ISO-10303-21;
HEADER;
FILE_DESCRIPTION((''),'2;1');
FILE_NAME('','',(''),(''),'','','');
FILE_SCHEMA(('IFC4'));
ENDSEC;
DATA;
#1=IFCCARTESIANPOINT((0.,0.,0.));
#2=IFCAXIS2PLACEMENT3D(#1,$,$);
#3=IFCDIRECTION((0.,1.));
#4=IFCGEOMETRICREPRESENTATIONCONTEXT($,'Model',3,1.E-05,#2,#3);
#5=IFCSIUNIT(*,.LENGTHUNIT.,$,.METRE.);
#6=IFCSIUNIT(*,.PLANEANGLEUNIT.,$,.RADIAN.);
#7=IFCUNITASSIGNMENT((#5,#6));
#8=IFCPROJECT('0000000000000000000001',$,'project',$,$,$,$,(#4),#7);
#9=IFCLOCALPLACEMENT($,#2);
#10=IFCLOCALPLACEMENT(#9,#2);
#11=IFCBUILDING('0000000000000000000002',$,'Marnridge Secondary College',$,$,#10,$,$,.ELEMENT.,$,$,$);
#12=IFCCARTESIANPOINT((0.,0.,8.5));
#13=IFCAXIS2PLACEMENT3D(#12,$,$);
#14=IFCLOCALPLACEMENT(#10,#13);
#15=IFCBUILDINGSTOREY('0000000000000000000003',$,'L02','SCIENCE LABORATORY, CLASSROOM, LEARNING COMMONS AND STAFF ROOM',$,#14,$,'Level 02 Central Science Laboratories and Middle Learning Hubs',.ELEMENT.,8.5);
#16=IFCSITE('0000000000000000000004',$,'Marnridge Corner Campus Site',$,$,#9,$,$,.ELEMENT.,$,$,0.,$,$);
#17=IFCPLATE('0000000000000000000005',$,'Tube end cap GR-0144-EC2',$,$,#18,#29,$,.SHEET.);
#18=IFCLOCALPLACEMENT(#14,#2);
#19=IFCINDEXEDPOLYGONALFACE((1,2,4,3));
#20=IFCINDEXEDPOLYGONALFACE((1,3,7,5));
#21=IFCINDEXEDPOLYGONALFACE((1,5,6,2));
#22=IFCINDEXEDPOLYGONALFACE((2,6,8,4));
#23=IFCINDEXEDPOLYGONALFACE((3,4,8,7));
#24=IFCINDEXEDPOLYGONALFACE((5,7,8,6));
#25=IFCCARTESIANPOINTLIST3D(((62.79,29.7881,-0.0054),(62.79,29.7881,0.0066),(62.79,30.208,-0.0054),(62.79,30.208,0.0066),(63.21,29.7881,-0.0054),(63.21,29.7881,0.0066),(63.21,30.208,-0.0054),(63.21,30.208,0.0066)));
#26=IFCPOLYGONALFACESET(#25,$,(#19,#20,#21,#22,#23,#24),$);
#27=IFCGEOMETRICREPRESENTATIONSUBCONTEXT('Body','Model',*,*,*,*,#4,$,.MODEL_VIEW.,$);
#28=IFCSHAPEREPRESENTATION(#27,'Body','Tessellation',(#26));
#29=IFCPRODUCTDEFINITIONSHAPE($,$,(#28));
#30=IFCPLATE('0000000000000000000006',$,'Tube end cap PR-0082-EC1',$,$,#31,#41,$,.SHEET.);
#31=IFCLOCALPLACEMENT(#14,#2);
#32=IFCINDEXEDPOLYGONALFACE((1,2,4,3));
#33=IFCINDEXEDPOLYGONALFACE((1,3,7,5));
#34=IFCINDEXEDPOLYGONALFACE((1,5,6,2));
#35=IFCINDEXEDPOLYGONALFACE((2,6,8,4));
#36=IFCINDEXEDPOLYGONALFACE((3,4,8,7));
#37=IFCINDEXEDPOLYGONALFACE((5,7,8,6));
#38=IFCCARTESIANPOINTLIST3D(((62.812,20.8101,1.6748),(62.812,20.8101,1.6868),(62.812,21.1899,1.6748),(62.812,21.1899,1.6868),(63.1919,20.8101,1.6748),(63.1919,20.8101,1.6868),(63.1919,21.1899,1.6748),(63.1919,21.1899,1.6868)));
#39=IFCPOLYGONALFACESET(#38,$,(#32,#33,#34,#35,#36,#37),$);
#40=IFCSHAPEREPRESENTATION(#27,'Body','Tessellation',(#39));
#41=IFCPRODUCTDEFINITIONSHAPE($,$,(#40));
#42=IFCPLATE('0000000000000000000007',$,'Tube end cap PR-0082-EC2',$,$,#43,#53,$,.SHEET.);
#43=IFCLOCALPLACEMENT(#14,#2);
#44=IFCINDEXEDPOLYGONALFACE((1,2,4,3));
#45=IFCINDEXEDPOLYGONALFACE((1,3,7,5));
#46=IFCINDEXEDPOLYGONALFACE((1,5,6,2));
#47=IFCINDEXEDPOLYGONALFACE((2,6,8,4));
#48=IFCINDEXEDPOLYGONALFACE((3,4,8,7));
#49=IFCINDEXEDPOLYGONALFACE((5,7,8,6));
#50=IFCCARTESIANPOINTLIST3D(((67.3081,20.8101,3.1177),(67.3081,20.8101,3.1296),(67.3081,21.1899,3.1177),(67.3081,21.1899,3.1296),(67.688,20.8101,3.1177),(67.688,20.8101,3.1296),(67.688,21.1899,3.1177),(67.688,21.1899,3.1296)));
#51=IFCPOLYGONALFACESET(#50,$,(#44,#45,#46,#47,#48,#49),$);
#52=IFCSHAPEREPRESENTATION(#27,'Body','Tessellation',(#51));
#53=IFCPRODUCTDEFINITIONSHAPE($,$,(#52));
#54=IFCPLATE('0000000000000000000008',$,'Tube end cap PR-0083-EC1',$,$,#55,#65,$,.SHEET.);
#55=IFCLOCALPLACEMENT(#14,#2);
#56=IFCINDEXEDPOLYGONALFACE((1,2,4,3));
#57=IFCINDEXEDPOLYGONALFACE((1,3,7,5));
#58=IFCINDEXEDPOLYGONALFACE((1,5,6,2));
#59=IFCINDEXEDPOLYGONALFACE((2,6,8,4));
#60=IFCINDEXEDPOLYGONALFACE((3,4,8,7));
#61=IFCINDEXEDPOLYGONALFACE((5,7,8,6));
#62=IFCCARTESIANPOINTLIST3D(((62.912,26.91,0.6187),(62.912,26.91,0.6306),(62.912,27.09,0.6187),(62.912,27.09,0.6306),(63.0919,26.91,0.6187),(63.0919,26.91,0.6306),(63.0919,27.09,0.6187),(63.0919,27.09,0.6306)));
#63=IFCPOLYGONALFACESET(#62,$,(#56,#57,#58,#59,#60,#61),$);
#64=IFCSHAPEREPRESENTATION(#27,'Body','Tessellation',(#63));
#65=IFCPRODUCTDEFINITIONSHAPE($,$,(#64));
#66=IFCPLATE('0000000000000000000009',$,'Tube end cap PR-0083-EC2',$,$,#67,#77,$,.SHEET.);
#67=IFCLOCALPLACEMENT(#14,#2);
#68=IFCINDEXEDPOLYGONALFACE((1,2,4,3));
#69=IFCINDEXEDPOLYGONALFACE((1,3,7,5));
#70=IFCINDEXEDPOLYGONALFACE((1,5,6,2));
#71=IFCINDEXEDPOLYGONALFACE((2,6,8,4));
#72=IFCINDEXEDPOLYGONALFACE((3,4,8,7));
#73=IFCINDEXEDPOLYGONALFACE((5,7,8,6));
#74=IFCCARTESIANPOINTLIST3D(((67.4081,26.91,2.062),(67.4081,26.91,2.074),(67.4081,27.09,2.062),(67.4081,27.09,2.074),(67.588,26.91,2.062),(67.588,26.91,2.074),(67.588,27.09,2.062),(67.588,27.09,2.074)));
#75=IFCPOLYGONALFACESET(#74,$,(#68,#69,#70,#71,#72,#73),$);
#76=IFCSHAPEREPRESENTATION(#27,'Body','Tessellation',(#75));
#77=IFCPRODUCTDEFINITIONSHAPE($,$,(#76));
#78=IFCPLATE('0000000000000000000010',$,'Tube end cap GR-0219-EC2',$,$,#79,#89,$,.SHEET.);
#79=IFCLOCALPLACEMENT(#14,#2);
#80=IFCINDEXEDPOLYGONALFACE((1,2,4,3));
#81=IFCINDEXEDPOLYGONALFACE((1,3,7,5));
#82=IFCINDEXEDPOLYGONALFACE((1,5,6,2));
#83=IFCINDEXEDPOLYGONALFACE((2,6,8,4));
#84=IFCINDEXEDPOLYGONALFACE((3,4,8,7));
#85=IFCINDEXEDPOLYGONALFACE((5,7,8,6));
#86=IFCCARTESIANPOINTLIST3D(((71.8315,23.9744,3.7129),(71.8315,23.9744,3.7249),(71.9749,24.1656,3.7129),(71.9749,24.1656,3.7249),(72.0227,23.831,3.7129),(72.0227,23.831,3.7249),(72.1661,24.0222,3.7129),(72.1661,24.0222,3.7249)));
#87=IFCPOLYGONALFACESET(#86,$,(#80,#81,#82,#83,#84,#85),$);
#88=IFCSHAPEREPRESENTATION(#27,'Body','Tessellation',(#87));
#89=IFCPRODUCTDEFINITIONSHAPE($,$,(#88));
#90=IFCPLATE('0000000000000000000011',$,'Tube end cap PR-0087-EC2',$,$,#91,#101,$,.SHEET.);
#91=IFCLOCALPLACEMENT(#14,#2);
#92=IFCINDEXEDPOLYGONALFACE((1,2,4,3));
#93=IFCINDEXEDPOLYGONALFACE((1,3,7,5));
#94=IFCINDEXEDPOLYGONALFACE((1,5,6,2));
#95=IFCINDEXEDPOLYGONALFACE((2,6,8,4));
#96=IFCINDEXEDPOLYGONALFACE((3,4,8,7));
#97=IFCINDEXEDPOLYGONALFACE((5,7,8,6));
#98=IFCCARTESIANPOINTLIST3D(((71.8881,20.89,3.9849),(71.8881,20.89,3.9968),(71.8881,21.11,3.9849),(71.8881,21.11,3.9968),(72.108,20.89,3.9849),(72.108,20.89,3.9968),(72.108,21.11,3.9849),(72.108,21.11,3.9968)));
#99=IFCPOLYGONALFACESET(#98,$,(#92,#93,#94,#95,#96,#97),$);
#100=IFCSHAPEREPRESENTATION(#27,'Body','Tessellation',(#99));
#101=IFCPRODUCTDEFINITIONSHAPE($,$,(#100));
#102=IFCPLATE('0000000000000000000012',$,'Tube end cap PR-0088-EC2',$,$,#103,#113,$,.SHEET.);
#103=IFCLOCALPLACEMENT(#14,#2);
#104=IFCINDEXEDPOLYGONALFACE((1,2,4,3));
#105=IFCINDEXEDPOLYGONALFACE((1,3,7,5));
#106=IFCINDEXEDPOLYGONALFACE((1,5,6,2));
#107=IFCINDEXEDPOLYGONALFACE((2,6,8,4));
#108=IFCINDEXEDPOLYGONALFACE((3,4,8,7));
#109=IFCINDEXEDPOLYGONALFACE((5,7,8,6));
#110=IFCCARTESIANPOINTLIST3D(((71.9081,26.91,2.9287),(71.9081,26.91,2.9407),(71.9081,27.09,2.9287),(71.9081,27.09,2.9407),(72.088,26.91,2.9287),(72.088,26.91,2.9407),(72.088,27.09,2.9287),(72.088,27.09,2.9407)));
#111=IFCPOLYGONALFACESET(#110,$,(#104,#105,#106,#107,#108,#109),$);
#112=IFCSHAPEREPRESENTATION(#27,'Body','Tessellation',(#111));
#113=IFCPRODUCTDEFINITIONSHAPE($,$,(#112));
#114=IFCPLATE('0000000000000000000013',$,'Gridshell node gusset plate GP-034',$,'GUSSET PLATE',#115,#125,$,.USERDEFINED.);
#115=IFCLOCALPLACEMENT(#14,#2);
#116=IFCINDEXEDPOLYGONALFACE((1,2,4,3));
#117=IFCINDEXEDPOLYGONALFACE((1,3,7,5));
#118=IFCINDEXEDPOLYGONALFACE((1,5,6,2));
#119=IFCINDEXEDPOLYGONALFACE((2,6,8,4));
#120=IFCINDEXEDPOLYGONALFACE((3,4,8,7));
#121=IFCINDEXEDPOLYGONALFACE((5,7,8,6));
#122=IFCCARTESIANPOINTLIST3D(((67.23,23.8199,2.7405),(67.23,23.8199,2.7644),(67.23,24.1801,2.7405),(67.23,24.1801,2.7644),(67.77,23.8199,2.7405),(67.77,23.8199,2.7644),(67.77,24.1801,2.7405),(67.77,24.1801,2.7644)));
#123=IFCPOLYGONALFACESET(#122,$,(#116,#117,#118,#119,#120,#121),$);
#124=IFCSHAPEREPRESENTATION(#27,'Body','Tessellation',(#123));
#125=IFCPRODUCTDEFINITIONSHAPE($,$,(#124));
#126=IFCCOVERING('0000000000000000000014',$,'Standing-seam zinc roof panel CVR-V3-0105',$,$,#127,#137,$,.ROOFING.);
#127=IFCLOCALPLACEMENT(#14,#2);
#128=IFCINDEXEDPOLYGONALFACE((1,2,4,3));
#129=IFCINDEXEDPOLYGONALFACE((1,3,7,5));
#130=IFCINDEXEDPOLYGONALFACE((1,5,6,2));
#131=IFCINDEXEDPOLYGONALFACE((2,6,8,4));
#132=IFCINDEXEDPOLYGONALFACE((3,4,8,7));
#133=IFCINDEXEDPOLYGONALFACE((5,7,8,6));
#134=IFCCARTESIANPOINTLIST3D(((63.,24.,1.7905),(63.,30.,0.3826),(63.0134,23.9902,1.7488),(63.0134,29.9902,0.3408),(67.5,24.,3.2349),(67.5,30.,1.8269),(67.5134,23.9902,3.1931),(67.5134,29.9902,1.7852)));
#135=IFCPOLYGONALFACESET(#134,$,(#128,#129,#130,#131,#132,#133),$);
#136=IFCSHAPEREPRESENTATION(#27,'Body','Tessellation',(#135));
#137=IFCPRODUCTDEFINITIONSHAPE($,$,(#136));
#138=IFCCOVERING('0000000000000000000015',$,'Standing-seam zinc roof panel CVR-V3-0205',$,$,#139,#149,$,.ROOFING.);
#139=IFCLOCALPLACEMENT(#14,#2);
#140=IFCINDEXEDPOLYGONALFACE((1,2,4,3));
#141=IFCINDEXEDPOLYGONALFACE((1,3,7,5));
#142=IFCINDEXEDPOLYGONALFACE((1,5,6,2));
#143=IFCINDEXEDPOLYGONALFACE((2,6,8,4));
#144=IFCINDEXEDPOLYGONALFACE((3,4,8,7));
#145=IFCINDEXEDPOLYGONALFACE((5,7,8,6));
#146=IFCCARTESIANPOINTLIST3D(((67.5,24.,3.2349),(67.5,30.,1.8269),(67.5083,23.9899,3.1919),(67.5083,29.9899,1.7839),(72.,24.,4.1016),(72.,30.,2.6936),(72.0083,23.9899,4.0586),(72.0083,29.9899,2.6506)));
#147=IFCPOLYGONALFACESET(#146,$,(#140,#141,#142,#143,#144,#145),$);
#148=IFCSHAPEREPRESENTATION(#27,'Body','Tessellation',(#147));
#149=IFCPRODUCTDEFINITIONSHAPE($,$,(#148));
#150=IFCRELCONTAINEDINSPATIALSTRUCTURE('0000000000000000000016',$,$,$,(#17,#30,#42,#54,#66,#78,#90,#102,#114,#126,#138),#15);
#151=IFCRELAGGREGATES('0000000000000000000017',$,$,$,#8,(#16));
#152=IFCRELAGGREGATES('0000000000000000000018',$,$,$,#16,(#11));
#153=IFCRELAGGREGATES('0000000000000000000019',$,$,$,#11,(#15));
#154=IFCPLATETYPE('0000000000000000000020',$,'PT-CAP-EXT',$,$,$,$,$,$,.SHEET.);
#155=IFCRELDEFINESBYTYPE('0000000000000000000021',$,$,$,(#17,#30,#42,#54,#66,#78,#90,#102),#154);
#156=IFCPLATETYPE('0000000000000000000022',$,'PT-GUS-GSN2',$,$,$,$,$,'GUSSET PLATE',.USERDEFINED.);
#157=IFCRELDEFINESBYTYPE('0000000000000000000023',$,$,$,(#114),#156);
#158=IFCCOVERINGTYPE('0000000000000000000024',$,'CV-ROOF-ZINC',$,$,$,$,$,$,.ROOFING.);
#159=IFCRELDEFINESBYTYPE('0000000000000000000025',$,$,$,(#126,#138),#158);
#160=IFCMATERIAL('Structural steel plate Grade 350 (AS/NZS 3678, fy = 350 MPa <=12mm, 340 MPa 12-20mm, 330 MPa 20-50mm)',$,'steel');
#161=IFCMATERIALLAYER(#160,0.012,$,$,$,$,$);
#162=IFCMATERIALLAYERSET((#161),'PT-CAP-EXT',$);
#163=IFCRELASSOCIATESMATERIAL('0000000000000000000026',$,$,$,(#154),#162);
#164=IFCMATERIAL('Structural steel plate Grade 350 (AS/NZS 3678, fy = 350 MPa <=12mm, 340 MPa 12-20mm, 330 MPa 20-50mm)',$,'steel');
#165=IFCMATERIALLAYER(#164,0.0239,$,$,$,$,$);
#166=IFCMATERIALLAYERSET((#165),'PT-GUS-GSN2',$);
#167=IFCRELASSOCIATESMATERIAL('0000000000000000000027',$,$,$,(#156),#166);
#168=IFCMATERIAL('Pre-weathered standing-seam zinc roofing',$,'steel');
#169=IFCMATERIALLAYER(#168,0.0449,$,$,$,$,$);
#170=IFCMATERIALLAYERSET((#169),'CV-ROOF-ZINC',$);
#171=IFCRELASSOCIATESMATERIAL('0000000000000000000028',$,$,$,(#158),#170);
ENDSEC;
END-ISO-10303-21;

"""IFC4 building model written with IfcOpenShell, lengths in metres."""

from ifc_helpers import new_model, si_unit, direction, frame, origin, origin_2d, place, context, subcontext, project, spatial, polyline, rectangle, outline, extrude, material, layer, layer_set, type_object, element, save


model = new_model("IFC4")

# Units and contexts
model_context = context("Model", 3, precision=1e-05, world=origin(), true_north=direction((0.0, 1.0)))
body_context = subcontext(model_context, "Body", "Model", "MODEL_VIEW")
ifc_project = project(units=[si_unit("LENGTHUNIT", "METRE"), si_unit("PLANEANGLEUNIT", "RADIAN")], contexts=[model_context])

# Site, building, storey
site_placement = place(None, origin())
site = spatial("IfcSite", under=ifc_project, at=site_placement, Name="Marnridge Corner Campus Site", CompositionType="ELEMENT", RefElevation=0.0)
building_placement = place(site_placement, origin())
building = spatial("IfcBuilding", under=site, at=building_placement, Name="Marnridge Secondary College", CompositionType="ELEMENT")
storey_placement = place(building_placement, frame((0.0, 0.0, 8.5)))
storey = spatial("IfcBuildingStorey", under=building, at=storey_placement, Name="L02", Description="SCIENCE LABORATORY, CLASSROOM, LEARNING COMMONS AND STAFF ROOM", LongName="Level 02 Central Science Laboratories and Middle Learning Hubs", CompositionType="ELEMENT", Elevation=8.5)

# Plates
ifc_material_1 = material(Name="Structural steel plate Grade 350 (AS/NZS 3678, fy = 350 MPa <=12mm, 340 MPa 12-20mm, 330 MPa 20-50mm)", Category="steel")
ifc_layer_1 = layer(ifc_material_1, 0.012)
ifc_layer_set_1 = layer_set([ifc_layer_1], Name="PT-CAP-EXT")
plate_type_1 = type_object("IfcPlateType", Name="PT-CAP-EXT", PredefinedType="SHEET", material=ifc_layer_set_1)
plate_1_placement = place(storey_placement, frame((63.0, 29.998, -0.0054), z_axis=(0.0, 0.0, 1.0), x_axis=(0.0, 1.0, 0.0)))
element("IfcPlate", 1, at=plate_1_placement, inside=storey, type_object=plate_type_1, Name="Tube end cap GR-0144-EC2", PredefinedType="SHEET", context=body_context, shape_type="SweptSolid", body=[
    extrude(rectangle(XDim=0.4199, YDim=0.4199, at=origin_2d()), origin(), (0.0, 0.0, 1.0), 0.012),
])
for number, where, z_axis, x_axis, name in (
    (2, (63.002, 21.0, 1.6748), (0.0, 0.0, 1.0), (1.0, 0.0, 0.0), "Tube end cap PR-0082-EC1"),
    (3, (67.498, 21.0, 3.1177), (0.0, 0.0, 1.0), (1.0, 0.0, 0.0), "Tube end cap PR-0082-EC2"),
):
    element("IfcPlate", number, at=place(storey_placement, frame(where, z_axis=z_axis, x_axis=x_axis)), inside=storey, type_object=plate_type_1, Name=name, PredefinedType="SHEET", context=body_context, shape_type="SweptSolid", body=[
        extrude(rectangle(XDim=0.3799, YDim=0.3799, at=origin_2d()), origin(), (0.0, 0.0, 1.0), 0.012),
    ])
for number, where, z_axis, x_axis, name in (
    (4, (63.002, 27.0, 0.6187), (0.0, 0.0, 1.0), (1.0, 0.0, 0.0), "Tube end cap PR-0083-EC1"),
    (5, (67.498, 27.0, 2.062), (0.0, 0.0, 1.0), (1.0, 0.0, 0.0), "Tube end cap PR-0083-EC2"),
):
    element("IfcPlate", number, at=place(storey_placement, frame(where, z_axis=z_axis, x_axis=x_axis)), inside=storey, type_object=plate_type_1, Name=name, PredefinedType="SHEET", context=body_context, shape_type="SweptSolid", body=[
        extrude(rectangle(XDim=0.1799, YDim=0.1799, at=origin_2d()), origin(), (0.0, 0.0, 1.0), 0.012),
    ])
plate_2_placement = place(storey_placement, frame((71.9988, 23.9983, 3.7129), z_axis=(0.0, 0.0, 1.0), x_axis=(0.600001, 0.799999, 0.0)))
element("IfcPlate", 6, at=plate_2_placement, inside=storey, type_object=plate_type_1, Name="Tube end cap GR-0219-EC2", PredefinedType="SHEET", context=body_context, shape_type="SweptSolid", body=[
    extrude(rectangle(XDim=0.239, YDim=0.239, at=origin_2d()), origin(), (0.0, 0.0, 1.0), 0.012),
])
plate_3_placement = place(storey_placement, frame((71.998, 21.0, 3.9849), z_axis=(0.0, 0.0, 1.0), x_axis=(1.0, 0.0, 0.0)))
element("IfcPlate", 7, at=plate_3_placement, inside=storey, type_object=plate_type_1, Name="Tube end cap PR-0087-EC2", PredefinedType="SHEET", context=body_context, shape_type="SweptSolid", body=[
    extrude(rectangle(XDim=0.22, YDim=0.22, at=origin_2d()), origin(), (0.0, 0.0, 1.0), 0.012),
])
plate_4_placement = place(storey_placement, frame((71.998, 27.0, 2.9287), z_axis=(0.0, 0.0, 1.0), x_axis=(1.0, 0.0, 0.0)))
element("IfcPlate", 8, at=plate_4_placement, inside=storey, type_object=plate_type_1, Name="Tube end cap PR-0088-EC2", PredefinedType="SHEET", context=body_context, shape_type="SweptSolid", body=[
    extrude(rectangle(XDim=0.1799, YDim=0.1799, at=origin_2d()), origin(), (0.0, 0.0, 1.0), 0.012),
])
ifc_material_2 = material(Name="Structural steel plate Grade 350 (AS/NZS 3678, fy = 350 MPa <=12mm, 340 MPa 12-20mm, 330 MPa 20-50mm)", Category="steel")
ifc_layer_2 = layer(ifc_material_2, 0.0239)
ifc_layer_set_2 = layer_set([ifc_layer_2], Name="PT-GUS-GSN2")
plate_type_2 = type_object("IfcPlateType", Name="PT-GUS-GSN2", ElementType="GUSSET PLATE", PredefinedType="USERDEFINED", material=ifc_layer_set_2)
plate_5_placement = place(storey_placement, frame((67.5, 24.0, 2.7405), z_axis=(0.0, 0.0, 1.0), x_axis=(1.0, 0.0, 0.0)))
element("IfcPlate", 9, at=plate_5_placement, inside=storey, type_object=plate_type_2, Name="Gridshell node gusset plate GP-034", ObjectType="GUSSET PLATE", PredefinedType="USERDEFINED", context=body_context, shape_type="SweptSolid", body=[
    extrude(rectangle(XDim=0.54, YDim=0.3601, at=origin_2d()), origin(), (0.0, 0.0, 1.0), 0.0239),
])

# Coverings
ifc_material_3 = material(Name="Pre-weathered standing-seam zinc roofing", Category="steel")
ifc_layer_3 = layer(ifc_material_3, 0.0449)
ifc_layer_set_3 = layer_set([ifc_layer_3], Name="CV-ROOF-ZINC")
covering_type = type_object("IfcCoveringType", Name="CV-ROOF-ZINC", PredefinedType="ROOFING", material=ifc_layer_set_3)
covering_1_placement = place(storey_placement, frame((63.0, 24.0, 1.7905), z_axis=(-0.298254, 0.218056, 0.929245), x_axis=(0.952157, 0.0, 0.305608)))
element("IfcCovering", 10, at=covering_1_placement, inside=storey, type_object=covering_type, Name="Standing-seam zinc roof panel CVR-V3-0105", PredefinedType="ROOFING", context=body_context, shape_type="SweptSolid", body=[
    extrude(outline(polyline([(0.0, 0.0), (4.7261, 0.0), (4.2958, 6.1479), (-0.4303, 6.1479), (0.0, 0.0)])), origin(), (0.0, 0.0, -1.0), 0.0449),
])
covering_2_placement = place(storey_placement, frame((67.5, 24.0, 3.2349), z_axis=(-0.184295, 0.224541, 0.956879), x_axis=(0.981953, 0.0, 0.189124)))
element("IfcCovering", 11, at=covering_2_placement, inside=storey, type_object=covering_type, Name="Standing-seam zinc roof panel CVR-V3-0205", PredefinedType="ROOFING", context=body_context, shape_type="SweptSolid", body=[
    extrude(outline(polyline([(0.0, 0.0), (4.5827, 0.0), (4.3164, 6.1572), (-0.2663, 6.1572), (0.0, 0.0)])), origin(), (0.0, 0.0, -1.0), 0.0449),
])

save(model, "model.ifc")
